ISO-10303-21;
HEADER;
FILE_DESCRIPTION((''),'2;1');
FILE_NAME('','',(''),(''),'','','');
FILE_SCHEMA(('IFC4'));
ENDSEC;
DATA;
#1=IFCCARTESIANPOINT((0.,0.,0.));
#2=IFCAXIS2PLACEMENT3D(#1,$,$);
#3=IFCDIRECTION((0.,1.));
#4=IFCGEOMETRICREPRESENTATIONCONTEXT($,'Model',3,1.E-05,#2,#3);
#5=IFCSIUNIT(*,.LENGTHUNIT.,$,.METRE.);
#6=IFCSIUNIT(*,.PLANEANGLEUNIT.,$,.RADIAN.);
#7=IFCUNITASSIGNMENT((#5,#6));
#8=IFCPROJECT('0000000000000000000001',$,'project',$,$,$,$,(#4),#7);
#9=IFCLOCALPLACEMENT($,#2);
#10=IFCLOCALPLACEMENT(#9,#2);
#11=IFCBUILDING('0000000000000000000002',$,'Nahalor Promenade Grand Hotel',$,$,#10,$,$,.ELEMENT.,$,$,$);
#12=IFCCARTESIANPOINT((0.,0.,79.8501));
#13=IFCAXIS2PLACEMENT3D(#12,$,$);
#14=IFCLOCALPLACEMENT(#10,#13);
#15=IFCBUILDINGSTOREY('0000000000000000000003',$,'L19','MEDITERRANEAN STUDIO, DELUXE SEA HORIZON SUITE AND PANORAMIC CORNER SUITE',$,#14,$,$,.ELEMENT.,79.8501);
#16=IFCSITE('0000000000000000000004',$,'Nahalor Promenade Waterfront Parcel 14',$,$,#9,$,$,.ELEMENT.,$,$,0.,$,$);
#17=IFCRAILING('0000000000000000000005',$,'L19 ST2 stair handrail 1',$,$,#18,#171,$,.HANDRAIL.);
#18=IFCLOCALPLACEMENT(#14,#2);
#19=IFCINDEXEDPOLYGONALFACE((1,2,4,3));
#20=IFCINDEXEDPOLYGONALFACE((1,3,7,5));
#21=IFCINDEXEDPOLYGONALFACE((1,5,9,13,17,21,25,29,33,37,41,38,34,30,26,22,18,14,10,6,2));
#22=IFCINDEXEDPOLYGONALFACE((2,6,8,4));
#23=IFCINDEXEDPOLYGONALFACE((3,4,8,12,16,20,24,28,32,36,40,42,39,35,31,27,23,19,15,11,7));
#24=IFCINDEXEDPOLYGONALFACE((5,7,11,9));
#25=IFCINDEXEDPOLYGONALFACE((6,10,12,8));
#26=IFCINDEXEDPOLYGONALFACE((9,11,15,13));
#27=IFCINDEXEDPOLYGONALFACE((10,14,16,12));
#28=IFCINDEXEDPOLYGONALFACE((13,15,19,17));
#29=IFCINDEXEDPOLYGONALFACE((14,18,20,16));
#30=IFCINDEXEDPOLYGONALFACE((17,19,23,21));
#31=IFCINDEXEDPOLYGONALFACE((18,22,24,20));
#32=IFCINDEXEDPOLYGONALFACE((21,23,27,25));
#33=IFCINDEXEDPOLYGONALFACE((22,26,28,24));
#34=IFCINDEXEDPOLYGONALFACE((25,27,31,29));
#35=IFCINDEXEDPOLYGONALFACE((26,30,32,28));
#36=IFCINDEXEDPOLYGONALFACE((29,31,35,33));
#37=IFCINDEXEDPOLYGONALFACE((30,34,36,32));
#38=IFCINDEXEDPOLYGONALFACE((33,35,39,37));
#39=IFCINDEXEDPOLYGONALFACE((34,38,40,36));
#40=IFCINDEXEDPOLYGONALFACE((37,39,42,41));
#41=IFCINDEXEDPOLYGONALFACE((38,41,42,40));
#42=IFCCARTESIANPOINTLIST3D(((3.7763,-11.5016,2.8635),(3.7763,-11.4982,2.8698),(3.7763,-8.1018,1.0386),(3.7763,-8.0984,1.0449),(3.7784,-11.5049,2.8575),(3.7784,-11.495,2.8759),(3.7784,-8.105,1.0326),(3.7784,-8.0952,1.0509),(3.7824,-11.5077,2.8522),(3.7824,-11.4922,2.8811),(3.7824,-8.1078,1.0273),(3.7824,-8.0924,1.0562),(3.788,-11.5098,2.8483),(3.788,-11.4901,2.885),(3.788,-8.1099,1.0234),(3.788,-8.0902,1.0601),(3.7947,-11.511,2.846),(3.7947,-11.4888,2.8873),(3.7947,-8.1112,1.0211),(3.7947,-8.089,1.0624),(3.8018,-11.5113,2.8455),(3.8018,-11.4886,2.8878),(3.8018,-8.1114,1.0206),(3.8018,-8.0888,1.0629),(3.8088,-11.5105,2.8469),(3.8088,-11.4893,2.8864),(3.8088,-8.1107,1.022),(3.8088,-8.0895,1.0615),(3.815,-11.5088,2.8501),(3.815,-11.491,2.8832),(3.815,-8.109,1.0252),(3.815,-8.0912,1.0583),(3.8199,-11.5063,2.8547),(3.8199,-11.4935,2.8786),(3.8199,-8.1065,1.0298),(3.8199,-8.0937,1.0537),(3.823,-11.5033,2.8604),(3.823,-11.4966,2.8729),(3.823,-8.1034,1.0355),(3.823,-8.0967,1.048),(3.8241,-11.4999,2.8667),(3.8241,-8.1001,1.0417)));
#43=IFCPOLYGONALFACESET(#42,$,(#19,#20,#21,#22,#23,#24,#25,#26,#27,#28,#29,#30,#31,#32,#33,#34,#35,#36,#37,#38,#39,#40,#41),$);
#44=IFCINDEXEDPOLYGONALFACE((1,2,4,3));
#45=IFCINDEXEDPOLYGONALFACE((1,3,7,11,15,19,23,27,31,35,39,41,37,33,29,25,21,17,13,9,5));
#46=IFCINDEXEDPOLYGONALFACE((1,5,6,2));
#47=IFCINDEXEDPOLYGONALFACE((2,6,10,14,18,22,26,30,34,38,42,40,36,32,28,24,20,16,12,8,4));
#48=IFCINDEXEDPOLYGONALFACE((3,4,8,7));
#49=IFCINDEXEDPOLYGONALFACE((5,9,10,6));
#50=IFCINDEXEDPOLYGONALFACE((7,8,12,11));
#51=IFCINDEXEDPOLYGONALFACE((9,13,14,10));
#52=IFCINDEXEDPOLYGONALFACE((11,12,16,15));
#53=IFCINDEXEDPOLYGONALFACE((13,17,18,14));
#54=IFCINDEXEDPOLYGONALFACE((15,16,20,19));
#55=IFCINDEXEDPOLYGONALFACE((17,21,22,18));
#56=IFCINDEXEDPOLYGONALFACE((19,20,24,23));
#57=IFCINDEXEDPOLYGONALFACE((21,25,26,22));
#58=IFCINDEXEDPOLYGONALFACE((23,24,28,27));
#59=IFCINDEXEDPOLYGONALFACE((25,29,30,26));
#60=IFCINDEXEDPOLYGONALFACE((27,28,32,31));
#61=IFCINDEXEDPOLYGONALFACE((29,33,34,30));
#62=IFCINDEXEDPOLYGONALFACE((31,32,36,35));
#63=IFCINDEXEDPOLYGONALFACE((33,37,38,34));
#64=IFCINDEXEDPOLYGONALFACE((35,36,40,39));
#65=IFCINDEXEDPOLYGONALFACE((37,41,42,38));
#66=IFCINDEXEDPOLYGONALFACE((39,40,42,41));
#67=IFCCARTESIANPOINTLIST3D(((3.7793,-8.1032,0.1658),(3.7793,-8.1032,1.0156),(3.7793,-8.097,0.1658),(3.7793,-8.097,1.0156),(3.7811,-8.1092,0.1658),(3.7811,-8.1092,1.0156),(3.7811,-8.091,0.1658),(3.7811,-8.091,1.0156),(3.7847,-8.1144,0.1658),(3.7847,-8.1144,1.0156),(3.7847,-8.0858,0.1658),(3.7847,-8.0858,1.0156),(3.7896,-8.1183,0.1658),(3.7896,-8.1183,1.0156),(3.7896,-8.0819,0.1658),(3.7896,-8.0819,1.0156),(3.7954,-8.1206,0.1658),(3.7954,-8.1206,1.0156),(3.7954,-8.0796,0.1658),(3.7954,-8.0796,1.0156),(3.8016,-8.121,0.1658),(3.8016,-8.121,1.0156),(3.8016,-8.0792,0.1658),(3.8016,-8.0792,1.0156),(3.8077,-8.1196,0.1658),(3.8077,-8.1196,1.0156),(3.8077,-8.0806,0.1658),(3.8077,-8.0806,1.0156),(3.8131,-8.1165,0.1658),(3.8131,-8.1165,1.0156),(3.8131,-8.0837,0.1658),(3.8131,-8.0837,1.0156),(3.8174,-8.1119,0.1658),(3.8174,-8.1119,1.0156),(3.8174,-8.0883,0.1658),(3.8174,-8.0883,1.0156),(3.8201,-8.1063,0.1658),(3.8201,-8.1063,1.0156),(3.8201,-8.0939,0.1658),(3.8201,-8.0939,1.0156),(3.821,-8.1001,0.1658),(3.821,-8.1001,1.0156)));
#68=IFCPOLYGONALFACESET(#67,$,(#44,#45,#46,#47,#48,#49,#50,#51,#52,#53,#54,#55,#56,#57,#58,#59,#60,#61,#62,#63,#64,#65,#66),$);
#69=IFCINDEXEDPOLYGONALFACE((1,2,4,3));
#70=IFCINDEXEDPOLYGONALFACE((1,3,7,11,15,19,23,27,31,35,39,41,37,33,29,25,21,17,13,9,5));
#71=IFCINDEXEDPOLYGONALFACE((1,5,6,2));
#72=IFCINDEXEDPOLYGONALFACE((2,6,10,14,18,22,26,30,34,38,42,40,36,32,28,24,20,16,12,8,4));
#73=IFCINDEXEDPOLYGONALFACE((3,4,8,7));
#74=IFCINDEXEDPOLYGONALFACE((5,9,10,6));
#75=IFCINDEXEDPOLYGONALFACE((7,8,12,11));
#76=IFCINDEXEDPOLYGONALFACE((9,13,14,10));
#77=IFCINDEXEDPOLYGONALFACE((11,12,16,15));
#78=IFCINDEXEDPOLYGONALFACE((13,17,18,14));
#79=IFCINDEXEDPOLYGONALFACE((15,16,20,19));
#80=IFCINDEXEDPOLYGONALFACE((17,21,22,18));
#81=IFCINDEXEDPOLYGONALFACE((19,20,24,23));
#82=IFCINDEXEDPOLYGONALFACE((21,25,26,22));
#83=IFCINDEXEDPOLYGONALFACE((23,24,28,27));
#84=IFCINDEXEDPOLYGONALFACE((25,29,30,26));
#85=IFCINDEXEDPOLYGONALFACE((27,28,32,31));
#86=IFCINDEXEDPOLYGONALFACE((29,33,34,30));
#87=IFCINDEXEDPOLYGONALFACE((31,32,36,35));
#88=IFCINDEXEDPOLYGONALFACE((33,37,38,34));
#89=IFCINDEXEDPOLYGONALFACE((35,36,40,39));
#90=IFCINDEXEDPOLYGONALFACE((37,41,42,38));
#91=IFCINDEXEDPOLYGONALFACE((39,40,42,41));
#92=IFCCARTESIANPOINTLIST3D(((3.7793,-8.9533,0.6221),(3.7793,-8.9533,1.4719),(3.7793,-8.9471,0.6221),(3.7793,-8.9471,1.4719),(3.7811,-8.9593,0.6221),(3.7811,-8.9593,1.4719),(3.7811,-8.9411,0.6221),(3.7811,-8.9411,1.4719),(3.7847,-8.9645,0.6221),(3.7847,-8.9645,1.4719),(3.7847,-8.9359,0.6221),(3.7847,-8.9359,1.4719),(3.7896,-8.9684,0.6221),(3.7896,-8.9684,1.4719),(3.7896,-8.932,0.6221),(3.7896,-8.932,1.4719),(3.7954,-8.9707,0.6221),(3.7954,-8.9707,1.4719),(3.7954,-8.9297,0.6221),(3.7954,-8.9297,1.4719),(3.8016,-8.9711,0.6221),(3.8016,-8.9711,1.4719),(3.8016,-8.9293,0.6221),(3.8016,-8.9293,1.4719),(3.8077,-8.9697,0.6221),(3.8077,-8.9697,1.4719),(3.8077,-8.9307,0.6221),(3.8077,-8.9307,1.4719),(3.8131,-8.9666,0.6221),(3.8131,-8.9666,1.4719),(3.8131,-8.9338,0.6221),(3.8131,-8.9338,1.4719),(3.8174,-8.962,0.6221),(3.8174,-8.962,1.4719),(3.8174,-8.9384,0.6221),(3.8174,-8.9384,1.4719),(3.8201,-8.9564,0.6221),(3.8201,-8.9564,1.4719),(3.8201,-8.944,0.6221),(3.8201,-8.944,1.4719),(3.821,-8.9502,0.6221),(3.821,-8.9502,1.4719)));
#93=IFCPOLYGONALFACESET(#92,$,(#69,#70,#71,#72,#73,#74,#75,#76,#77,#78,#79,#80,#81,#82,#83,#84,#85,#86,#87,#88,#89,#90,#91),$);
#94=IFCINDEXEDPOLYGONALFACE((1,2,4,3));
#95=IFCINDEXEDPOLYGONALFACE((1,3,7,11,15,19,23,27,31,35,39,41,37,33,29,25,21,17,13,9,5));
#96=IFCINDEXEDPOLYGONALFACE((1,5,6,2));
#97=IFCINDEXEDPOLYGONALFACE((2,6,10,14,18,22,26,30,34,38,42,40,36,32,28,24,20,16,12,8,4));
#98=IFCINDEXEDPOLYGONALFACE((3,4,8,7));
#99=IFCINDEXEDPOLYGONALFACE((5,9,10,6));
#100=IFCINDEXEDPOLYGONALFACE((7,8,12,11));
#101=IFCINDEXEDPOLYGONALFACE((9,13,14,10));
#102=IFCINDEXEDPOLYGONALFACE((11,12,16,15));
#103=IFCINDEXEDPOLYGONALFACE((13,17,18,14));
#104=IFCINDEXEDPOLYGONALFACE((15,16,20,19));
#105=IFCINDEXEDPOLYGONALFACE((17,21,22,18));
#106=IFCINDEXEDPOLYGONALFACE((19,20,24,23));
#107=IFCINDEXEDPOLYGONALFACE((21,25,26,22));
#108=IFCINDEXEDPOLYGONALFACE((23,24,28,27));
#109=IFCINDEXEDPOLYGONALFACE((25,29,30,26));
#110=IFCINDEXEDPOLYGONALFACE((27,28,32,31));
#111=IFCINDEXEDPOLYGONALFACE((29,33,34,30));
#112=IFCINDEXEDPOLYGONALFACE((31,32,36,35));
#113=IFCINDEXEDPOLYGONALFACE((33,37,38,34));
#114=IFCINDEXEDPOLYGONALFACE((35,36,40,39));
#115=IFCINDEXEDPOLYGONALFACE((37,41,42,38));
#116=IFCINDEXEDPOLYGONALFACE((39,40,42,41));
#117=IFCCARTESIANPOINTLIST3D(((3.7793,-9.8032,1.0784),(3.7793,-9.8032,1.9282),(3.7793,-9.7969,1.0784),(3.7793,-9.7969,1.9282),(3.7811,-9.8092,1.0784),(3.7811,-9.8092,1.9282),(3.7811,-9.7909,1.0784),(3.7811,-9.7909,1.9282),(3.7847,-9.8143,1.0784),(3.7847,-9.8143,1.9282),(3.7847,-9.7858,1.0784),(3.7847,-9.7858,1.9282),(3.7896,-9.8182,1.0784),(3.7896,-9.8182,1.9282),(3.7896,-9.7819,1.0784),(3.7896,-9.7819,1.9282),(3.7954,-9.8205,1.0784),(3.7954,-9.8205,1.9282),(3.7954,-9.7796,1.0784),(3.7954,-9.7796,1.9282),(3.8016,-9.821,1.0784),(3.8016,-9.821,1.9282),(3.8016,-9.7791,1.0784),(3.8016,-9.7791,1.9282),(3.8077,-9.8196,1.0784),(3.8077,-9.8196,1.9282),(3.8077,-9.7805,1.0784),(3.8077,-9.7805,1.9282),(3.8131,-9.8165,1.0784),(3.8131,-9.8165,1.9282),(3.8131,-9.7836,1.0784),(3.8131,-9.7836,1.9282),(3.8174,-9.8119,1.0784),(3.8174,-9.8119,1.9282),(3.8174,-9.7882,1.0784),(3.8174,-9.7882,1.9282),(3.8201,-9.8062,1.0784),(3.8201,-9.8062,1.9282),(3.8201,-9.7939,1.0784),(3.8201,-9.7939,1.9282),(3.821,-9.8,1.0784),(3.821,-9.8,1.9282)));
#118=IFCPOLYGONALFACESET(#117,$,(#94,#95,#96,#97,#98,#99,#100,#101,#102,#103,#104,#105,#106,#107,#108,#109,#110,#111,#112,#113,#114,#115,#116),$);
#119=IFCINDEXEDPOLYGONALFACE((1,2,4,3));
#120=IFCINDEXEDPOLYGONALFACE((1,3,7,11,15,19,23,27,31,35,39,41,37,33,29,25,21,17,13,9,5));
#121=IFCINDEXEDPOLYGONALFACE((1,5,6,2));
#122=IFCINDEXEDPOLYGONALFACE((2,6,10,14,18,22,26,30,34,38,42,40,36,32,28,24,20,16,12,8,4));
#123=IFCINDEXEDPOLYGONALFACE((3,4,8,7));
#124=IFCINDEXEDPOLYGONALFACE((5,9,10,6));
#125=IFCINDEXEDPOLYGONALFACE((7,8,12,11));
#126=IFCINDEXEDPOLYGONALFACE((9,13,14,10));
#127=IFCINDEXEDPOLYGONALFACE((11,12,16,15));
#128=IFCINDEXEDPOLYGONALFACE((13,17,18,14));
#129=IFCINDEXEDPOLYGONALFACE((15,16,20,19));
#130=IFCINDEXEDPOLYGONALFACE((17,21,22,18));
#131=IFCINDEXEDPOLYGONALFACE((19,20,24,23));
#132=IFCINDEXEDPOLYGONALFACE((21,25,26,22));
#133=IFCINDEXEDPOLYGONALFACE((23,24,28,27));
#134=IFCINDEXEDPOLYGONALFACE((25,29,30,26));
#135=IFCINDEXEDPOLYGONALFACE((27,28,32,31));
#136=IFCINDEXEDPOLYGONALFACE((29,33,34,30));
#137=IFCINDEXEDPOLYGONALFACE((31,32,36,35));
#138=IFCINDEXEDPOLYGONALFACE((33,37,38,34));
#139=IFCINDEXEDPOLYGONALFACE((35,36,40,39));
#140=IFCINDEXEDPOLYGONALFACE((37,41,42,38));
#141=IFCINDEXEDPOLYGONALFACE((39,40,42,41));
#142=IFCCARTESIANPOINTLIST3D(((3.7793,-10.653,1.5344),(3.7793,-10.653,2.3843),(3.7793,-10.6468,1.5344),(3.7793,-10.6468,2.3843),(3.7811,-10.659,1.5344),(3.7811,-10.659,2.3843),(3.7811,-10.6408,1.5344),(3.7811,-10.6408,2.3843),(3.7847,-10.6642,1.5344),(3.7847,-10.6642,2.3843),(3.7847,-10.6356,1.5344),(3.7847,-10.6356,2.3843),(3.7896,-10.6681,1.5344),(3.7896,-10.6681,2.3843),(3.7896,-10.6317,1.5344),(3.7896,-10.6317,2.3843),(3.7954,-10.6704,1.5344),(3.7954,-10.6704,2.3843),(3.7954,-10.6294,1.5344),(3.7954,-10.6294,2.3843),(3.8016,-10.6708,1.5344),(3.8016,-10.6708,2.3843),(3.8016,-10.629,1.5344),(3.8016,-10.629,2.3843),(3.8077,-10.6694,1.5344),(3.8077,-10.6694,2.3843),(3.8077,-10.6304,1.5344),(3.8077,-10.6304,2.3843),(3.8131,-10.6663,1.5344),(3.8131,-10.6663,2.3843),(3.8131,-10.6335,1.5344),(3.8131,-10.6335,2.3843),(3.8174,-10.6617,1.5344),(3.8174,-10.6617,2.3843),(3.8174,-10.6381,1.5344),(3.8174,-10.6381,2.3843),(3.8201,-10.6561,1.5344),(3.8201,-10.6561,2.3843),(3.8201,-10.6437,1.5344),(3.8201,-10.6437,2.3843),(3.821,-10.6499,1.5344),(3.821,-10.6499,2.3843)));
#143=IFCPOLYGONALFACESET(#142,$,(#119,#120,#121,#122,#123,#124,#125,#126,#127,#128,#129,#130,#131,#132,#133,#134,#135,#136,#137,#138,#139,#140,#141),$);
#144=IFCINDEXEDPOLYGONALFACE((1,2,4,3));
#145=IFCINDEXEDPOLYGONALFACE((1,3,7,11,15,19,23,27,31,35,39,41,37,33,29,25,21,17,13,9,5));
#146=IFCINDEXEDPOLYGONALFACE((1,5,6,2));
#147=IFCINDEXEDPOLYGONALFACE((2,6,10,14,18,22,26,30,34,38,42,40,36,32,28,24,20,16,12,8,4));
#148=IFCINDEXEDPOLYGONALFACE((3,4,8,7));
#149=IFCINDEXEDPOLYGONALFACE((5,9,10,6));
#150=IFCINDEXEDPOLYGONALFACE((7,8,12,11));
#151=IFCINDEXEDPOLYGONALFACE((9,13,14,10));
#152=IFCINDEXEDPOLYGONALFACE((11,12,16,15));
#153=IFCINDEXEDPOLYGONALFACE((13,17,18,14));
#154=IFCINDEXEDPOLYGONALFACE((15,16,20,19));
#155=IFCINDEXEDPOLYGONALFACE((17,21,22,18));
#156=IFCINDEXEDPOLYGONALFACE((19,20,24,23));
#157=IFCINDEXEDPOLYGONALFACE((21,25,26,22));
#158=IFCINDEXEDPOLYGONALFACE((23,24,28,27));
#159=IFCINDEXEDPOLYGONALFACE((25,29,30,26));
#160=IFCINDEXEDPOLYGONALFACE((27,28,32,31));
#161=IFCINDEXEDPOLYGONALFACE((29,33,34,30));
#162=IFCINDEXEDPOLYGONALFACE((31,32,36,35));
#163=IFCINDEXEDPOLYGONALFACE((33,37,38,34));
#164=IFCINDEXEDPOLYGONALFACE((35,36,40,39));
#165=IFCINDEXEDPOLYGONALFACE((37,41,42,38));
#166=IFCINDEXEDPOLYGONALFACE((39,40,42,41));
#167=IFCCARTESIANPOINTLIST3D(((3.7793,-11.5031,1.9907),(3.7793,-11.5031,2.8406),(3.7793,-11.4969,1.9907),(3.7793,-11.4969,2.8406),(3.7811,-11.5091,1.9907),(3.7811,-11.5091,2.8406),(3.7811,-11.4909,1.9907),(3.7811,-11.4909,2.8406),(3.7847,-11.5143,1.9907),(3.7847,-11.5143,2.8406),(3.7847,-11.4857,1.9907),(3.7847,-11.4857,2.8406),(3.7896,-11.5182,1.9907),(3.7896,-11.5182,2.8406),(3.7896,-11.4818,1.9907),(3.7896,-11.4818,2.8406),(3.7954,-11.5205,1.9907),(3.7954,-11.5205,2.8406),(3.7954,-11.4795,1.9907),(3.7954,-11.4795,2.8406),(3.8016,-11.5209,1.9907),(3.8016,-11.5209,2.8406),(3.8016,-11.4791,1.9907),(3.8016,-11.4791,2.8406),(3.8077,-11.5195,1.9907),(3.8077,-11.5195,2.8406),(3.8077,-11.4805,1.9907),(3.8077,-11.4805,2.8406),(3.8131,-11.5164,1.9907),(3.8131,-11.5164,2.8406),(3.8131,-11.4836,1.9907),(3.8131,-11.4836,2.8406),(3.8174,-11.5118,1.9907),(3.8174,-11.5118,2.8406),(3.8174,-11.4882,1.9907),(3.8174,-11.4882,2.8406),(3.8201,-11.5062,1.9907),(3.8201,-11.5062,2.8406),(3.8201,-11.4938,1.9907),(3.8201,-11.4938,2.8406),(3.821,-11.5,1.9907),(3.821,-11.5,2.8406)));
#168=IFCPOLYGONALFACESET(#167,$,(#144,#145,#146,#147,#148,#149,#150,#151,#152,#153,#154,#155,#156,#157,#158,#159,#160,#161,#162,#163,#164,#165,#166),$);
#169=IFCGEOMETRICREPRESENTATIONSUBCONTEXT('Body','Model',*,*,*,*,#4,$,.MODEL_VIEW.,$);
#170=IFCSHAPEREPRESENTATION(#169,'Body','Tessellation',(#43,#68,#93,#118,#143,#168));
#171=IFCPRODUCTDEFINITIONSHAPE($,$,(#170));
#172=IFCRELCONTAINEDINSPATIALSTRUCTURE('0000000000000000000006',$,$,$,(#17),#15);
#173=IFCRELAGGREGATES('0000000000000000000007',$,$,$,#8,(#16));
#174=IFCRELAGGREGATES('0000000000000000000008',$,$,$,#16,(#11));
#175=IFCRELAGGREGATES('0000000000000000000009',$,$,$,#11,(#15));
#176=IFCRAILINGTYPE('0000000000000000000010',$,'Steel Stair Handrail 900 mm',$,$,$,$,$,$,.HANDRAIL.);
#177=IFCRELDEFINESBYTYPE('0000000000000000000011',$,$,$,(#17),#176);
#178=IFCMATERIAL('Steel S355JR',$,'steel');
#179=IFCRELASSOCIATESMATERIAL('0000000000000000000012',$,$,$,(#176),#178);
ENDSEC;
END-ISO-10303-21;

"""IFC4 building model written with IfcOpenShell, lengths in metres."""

from ifc_helpers import new_model, si_unit, direction, frame, origin, origin_2d, place, context, subcontext, project, spatial, circle, extrude, material, type_object, element, save


model = new_model("IFC4")

# Units and contexts
model_context = context("Model", 3, precision=1e-05, world=origin(), true_north=direction((0.0, 1.0)))
body_context = subcontext(model_context, "Body", "Model", "MODEL_VIEW")
ifc_project = project(units=[si_unit("LENGTHUNIT", "METRE"), si_unit("PLANEANGLEUNIT", "RADIAN")], contexts=[model_context])

# Site, building, storey
site_placement = place(None, origin())
site = spatial("IfcSite", under=ifc_project, at=site_placement, Name="Nahalor Promenade Waterfront Parcel 14", CompositionType="ELEMENT", RefElevation=0.0)
building_placement = place(site_placement, origin())
building = spatial("IfcBuilding", under=site, at=building_placement, Name="Nahalor Promenade Grand Hotel", CompositionType="ELEMENT")
storey_placement = place(building_placement, frame((0.0, 0.0, 79.8501)))
storey = spatial("IfcBuildingStorey", under=building, at=storey_placement, Name="L19", Description="MEDITERRANEAN STUDIO, DELUXE SEA HORIZON SUITE AND PANORAMIC CORNER SUITE", CompositionType="ELEMENT", Elevation=79.8501)

# Shared definitions
ifc_material_1 = material(Name="Steel S355JR", Category="steel")

# Railing
railing_type_1 = type_object("IfcRailingType", Name="Steel Stair Handrail 900 mm", PredefinedType="HANDRAIL", material=ifc_material_1)
railing_1_placement = place(storey_placement, frame((3.8, -8.1001, 0.1658)))
element("IfcRailing", 1, at=railing_1_placement, inside=storey, type_object=railing_type_1, Name="L19 ST2 stair handrail 1", PredefinedType="HANDRAIL", context=body_context, shape_type="SweptSolid", body=[
    extrude(circle(Radius=0.024, at=origin_2d()), frame((0.0, 0.0, 0.876), z_axis=(0.0, -0.881094, 0.472941), x_axis=(1.0, 0.0, 0.0)), (0.0, 0.0, 1.0), 3.8586),
    extrude(circle(Radius=0.021, at=origin_2d()), origin(), (0.0, 0.0, 1.0), 0.8499),
    extrude(circle(Radius=0.021, at=origin_2d()), frame((0.0, -0.8501, 0.4563)), (0.0, 0.0, 1.0), 0.8499),
    extrude(circle(Radius=0.021, at=origin_2d()), frame((0.0, -1.7, 0.9126)), (0.0, 0.0, 1.0), 0.8499),
    extrude(circle(Radius=0.021, at=origin_2d()), frame((0.0, -2.5498, 1.3687)), (0.0, 0.0, 1.0), 0.8499),
    extrude(circle(Radius=0.021, at=origin_2d()), frame((0.0, -3.3999, 1.825)), (0.0, 0.0, 1.0), 0.8499),
])

save(model, "model.ifc")
